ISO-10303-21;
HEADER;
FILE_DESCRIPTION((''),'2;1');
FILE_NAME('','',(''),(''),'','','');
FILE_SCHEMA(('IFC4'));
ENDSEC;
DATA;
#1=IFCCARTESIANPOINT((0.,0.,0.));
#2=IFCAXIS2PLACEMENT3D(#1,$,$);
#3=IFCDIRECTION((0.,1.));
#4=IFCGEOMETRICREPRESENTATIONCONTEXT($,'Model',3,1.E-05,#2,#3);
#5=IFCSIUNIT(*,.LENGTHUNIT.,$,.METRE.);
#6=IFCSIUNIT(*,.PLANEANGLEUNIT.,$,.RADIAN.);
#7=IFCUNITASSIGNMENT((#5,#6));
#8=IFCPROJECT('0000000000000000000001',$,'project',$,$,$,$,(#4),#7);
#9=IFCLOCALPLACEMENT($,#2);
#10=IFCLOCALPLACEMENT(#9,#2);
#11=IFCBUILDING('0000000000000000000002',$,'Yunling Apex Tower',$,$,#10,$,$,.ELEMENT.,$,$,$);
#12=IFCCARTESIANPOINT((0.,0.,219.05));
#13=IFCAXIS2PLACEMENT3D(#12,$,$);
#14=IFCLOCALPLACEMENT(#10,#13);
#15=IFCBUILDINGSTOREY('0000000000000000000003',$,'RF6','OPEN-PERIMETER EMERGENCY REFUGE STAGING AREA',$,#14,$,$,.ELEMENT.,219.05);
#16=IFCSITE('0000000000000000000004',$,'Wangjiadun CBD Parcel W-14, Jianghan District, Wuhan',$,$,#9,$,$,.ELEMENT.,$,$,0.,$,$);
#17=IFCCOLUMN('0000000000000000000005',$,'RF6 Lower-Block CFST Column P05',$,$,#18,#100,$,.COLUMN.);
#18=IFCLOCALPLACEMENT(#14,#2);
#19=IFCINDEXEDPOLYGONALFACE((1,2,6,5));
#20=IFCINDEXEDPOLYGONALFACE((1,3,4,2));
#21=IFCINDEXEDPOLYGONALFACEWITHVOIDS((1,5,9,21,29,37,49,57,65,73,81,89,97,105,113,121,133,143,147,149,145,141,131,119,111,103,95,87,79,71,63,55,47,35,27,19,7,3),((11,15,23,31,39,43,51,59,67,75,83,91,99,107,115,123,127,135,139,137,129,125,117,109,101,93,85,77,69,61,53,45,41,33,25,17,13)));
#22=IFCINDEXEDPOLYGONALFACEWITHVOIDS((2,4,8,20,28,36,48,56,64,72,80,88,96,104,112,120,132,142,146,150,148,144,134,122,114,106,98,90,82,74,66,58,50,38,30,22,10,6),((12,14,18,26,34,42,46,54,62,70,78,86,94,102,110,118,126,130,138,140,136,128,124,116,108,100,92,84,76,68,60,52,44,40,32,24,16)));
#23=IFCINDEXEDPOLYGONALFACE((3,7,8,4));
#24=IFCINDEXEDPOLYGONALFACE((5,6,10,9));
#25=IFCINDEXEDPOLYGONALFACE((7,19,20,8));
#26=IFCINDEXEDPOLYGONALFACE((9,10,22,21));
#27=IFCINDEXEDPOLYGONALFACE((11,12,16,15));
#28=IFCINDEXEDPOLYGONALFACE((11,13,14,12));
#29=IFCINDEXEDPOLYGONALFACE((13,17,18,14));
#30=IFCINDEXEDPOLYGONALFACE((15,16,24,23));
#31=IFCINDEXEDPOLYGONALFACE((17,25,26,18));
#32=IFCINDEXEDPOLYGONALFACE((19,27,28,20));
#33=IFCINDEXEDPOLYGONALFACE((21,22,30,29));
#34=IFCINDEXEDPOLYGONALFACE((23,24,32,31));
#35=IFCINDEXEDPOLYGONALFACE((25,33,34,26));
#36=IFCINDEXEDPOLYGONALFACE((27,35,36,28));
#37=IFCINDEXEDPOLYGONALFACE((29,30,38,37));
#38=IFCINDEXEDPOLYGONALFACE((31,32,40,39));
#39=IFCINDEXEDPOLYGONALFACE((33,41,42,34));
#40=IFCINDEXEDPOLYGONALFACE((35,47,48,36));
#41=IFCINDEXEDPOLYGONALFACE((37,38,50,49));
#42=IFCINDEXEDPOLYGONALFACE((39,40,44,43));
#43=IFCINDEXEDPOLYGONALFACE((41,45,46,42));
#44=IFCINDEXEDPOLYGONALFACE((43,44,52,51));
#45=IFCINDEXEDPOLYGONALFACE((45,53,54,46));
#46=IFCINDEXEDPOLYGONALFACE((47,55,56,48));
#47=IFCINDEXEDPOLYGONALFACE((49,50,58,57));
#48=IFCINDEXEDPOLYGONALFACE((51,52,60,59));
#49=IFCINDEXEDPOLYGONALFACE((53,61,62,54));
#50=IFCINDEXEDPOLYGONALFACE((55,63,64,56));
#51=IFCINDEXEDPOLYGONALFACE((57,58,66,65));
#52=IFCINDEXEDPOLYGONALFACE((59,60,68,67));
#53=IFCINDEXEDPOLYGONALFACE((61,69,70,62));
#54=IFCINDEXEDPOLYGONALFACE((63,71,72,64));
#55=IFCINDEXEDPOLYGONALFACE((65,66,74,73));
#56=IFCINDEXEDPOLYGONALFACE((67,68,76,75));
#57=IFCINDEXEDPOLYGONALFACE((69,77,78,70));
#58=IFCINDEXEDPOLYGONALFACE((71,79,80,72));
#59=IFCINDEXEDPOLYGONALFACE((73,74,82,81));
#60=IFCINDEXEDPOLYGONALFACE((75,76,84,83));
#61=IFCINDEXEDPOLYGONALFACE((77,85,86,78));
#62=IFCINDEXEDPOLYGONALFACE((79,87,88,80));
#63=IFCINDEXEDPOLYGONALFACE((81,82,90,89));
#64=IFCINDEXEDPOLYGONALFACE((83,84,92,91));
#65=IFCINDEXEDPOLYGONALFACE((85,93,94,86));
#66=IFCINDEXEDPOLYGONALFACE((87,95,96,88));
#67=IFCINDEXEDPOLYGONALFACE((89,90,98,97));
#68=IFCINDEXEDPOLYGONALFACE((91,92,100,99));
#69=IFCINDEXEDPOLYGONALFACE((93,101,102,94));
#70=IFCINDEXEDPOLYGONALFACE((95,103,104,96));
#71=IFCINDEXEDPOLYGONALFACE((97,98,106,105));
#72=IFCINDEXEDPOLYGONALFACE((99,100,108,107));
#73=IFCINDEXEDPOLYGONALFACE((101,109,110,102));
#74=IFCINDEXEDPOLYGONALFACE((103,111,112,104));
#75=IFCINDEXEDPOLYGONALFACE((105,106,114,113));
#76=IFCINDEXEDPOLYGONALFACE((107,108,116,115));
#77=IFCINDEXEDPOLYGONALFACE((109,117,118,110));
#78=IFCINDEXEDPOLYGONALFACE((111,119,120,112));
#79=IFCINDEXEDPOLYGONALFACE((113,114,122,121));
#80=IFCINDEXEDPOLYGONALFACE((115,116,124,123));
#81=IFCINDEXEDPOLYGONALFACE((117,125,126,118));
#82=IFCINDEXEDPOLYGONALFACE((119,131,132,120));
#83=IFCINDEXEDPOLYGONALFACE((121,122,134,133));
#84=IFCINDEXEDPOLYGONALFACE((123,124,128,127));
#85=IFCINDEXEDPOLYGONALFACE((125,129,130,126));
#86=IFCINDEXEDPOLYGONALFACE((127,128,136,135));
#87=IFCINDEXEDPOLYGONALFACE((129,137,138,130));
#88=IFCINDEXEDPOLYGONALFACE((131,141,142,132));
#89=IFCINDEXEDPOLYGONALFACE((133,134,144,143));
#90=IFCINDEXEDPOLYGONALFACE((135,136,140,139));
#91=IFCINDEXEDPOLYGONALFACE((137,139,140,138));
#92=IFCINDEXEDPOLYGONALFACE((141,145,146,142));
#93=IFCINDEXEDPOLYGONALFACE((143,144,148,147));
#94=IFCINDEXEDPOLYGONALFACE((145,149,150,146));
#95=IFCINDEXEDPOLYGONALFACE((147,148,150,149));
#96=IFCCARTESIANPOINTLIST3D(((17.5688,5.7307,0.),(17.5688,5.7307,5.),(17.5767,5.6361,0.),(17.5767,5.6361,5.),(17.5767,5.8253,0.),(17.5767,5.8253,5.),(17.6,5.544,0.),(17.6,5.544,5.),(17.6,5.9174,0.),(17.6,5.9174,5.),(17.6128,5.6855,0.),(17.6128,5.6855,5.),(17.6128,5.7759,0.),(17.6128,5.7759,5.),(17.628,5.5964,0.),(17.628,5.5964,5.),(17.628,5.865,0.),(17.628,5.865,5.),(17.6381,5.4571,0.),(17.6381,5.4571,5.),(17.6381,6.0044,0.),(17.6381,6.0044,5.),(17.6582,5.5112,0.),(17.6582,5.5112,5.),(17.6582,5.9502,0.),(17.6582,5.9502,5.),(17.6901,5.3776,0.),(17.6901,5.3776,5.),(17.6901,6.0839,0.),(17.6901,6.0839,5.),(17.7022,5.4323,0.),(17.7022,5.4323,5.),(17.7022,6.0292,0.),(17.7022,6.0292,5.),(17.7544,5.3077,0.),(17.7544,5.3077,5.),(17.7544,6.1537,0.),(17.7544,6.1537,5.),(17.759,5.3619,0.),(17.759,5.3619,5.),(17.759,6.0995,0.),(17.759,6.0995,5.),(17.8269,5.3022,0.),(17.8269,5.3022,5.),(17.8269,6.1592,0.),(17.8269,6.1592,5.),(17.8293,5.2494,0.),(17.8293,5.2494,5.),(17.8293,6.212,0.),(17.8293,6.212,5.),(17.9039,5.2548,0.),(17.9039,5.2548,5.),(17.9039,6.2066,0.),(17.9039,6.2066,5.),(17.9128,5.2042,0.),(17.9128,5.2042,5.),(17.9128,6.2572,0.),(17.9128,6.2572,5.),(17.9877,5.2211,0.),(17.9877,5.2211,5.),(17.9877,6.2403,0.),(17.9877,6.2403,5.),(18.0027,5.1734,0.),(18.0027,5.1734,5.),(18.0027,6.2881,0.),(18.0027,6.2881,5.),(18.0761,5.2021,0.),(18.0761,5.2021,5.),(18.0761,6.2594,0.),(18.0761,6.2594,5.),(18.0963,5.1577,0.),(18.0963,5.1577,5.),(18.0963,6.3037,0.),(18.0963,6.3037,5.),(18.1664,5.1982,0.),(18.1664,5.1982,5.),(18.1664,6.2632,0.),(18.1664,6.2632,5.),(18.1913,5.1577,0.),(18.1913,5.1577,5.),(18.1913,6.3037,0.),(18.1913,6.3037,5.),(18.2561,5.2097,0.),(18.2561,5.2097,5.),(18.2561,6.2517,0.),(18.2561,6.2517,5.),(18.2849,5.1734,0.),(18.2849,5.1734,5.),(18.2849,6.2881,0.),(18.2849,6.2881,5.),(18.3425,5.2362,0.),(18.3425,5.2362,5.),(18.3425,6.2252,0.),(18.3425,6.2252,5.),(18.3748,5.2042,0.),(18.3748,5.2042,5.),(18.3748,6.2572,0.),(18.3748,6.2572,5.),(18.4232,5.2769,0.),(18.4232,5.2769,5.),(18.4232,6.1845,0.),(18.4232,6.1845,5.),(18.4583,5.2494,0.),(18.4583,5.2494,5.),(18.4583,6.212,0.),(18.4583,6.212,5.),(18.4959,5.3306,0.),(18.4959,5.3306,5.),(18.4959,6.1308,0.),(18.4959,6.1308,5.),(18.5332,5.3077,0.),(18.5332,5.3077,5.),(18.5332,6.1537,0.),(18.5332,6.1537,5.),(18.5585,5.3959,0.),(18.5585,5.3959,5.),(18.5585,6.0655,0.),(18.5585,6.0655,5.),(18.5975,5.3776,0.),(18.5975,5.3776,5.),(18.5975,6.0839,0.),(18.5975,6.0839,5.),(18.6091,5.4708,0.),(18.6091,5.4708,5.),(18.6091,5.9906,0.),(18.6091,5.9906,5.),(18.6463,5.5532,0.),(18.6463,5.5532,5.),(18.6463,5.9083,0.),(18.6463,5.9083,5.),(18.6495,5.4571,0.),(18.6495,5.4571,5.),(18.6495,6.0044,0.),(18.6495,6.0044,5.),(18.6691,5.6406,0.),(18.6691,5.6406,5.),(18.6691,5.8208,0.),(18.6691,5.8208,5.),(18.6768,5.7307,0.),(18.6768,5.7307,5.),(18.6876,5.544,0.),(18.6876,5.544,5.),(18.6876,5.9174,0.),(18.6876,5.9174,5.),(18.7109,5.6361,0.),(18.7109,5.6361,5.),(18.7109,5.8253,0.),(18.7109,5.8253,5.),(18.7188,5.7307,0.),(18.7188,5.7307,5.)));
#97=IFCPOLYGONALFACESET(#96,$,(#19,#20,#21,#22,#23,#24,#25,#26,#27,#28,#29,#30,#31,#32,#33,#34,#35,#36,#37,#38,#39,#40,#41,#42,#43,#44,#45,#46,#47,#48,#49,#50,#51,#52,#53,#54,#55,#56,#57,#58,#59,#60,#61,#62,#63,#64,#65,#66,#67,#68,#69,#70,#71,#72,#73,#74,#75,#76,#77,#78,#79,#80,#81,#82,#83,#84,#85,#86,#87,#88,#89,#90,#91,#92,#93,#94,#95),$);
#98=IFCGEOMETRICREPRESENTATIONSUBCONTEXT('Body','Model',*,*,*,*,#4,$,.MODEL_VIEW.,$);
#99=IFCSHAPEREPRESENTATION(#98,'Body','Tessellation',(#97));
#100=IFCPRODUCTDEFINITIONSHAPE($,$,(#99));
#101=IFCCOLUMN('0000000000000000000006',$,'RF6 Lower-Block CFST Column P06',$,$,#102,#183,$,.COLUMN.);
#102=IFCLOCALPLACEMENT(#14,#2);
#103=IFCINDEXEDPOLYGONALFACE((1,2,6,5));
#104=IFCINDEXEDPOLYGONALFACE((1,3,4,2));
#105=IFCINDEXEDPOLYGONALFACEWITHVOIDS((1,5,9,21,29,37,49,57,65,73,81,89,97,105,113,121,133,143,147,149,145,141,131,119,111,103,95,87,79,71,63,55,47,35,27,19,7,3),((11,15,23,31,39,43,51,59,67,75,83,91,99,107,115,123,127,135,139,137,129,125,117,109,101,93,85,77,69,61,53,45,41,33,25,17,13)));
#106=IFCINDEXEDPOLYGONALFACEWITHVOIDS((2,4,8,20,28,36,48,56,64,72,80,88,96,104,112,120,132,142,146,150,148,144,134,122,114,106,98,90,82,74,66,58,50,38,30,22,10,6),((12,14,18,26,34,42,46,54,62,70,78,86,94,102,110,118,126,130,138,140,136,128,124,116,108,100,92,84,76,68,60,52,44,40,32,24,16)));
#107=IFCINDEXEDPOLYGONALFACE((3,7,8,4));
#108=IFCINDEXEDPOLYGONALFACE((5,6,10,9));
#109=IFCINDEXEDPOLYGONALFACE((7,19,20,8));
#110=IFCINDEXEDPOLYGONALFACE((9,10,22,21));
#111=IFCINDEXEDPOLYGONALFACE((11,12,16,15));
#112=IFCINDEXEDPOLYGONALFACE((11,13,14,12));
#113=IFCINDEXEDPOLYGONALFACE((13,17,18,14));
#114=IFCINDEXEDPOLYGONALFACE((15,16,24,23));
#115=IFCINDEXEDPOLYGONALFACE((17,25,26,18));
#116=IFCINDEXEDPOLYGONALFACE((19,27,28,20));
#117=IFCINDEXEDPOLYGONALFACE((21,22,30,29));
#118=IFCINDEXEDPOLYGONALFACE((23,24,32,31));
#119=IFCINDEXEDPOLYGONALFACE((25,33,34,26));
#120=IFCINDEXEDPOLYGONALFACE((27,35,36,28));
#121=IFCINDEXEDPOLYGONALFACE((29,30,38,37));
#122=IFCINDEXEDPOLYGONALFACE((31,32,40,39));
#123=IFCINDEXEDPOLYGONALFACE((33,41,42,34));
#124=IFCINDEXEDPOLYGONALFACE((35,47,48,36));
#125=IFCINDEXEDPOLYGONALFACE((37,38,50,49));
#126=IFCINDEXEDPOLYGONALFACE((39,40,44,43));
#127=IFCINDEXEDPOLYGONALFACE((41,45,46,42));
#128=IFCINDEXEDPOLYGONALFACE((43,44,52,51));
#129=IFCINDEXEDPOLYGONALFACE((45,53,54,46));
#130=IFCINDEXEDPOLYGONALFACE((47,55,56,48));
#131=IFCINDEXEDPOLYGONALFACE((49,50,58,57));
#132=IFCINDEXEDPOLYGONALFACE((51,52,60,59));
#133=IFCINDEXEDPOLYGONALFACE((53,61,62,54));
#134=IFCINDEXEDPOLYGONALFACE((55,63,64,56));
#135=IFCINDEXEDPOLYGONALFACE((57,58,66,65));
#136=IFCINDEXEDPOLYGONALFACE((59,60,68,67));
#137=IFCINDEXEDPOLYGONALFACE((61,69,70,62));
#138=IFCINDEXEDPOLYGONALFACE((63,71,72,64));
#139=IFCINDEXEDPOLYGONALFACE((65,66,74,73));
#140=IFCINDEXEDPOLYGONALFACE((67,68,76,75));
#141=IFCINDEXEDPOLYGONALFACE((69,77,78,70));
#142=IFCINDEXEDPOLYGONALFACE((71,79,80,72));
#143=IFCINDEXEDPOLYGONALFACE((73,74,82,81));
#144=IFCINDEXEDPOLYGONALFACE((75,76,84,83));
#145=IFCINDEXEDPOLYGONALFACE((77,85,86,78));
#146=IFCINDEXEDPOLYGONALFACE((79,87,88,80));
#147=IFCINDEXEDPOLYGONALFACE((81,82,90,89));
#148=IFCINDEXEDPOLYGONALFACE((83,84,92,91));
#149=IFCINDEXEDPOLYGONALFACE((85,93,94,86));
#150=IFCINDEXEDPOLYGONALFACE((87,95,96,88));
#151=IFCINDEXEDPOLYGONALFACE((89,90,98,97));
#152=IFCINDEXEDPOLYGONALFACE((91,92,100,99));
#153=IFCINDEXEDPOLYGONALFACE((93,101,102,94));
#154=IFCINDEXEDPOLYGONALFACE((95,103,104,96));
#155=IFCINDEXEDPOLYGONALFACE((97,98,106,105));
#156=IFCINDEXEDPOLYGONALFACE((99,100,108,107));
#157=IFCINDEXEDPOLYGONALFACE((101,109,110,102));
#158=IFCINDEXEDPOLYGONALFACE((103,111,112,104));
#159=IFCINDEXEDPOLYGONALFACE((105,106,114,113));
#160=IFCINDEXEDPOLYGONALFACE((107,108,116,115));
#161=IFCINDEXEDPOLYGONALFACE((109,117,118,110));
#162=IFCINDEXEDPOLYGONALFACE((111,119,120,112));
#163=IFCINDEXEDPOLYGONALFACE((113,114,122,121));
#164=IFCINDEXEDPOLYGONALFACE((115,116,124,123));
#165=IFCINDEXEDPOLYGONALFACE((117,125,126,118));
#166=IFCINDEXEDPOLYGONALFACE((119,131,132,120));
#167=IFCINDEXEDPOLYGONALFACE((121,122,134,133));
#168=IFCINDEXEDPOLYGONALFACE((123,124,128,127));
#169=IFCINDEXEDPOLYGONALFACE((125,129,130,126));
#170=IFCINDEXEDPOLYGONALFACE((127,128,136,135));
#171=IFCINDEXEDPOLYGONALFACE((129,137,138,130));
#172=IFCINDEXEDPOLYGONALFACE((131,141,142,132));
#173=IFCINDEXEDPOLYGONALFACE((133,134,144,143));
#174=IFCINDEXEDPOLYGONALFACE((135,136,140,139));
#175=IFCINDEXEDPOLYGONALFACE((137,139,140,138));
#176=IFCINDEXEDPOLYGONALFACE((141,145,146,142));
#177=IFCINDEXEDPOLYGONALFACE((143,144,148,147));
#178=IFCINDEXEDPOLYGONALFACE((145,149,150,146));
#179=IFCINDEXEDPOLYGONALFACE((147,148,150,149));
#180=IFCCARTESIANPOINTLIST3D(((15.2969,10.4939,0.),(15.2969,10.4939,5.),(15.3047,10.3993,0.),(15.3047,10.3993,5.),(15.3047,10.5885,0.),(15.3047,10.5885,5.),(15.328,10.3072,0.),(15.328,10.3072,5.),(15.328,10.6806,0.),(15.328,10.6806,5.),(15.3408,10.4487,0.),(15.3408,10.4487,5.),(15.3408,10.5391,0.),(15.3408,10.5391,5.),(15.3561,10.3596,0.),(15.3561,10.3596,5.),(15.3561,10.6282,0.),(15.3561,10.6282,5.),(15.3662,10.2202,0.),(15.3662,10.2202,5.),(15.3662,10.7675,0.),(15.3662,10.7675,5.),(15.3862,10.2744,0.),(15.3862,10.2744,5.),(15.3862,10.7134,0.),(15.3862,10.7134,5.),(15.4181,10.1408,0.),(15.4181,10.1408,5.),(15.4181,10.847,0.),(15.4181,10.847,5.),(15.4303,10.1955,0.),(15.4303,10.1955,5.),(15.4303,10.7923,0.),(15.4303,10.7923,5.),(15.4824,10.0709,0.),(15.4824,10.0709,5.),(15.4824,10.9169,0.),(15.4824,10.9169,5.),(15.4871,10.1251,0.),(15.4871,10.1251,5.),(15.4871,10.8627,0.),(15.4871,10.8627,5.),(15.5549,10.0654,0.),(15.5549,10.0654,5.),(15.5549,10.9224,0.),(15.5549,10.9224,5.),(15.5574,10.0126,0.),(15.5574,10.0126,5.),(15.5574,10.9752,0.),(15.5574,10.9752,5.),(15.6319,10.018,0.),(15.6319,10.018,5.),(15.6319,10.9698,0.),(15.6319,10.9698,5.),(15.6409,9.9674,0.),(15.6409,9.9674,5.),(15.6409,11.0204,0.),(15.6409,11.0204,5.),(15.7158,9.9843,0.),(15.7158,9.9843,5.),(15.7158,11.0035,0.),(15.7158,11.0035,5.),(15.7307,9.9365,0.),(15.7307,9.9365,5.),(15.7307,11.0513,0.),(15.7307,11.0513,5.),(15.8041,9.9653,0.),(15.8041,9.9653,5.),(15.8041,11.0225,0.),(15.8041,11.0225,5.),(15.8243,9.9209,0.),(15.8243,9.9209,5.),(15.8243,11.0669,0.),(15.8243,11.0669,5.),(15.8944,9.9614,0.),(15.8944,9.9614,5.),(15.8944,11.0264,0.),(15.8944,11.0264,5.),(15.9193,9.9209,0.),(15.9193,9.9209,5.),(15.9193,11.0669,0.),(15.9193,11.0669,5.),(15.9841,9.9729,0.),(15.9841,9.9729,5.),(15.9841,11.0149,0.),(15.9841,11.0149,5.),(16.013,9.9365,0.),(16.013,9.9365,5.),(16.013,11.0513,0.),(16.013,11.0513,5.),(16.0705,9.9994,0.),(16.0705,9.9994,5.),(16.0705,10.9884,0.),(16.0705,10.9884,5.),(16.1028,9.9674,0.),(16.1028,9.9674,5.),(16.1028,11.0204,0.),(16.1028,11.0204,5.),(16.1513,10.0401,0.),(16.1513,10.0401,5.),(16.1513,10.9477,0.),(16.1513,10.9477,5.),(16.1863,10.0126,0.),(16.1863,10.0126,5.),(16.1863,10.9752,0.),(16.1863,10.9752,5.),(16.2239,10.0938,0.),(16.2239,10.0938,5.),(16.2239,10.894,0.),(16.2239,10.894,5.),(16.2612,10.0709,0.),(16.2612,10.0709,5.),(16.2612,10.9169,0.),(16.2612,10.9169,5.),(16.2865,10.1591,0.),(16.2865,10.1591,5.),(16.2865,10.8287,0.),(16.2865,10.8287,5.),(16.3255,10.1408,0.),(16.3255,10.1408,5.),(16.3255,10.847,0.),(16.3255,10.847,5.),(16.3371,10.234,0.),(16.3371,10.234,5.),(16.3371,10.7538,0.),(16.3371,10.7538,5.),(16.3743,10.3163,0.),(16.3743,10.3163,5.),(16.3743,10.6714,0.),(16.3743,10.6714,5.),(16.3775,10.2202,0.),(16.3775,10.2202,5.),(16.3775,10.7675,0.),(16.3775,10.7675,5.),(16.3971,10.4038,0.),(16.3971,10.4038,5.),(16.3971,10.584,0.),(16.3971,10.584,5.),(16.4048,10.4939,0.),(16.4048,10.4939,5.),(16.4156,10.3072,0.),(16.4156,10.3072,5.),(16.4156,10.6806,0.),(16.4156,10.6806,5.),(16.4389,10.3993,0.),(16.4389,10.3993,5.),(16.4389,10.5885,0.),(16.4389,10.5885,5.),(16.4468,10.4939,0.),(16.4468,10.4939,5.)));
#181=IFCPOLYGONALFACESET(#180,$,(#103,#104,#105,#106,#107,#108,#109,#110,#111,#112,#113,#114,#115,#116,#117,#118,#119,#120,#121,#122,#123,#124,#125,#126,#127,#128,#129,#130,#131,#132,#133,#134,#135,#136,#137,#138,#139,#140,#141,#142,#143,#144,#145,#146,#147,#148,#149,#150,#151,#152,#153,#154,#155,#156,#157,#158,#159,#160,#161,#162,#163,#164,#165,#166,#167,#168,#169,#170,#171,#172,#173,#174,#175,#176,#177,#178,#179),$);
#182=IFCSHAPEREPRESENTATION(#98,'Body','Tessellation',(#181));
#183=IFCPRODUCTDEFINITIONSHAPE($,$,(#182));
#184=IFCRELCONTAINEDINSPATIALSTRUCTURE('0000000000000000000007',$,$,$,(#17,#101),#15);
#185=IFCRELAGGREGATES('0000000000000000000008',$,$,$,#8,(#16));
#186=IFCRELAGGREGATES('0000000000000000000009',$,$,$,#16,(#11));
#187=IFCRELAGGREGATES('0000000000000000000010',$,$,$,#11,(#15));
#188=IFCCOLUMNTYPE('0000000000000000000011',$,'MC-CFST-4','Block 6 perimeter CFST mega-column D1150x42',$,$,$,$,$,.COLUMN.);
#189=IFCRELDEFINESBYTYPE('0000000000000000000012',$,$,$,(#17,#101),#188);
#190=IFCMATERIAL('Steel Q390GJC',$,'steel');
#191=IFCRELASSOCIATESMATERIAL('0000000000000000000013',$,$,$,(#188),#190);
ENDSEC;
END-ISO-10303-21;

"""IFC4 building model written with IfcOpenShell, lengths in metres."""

from ifc_helpers import new_model, si_unit, direction, frame, origin, origin_2d, place, context, subcontext, project, spatial, hollow_circle, extrude, source, transform, mapped, material, material_profile, profile_set, type_object, element, save


model = new_model("IFC4")

# Units and contexts
model_context = context("Model", 3, precision=1e-05, world=origin(), true_north=direction((0.0, 1.0)))
body_context = subcontext(model_context, "Body", "Model", "MODEL_VIEW")
ifc_project = project(units=[si_unit("LENGTHUNIT", "METRE"), si_unit("PLANEANGLEUNIT", "RADIAN")], contexts=[model_context])

# Site, building, storey
site_placement = place(None, origin())
site = spatial("IfcSite", under=ifc_project, at=site_placement, Name="Wangjiadun CBD Parcel W-14, Jianghan District, Wuhan", CompositionType="ELEMENT", RefElevation=0.0)
building_placement = place(site_placement, origin())
building = spatial("IfcBuilding", under=site, at=building_placement, Name="Yunling Apex Tower", CompositionType="ELEMENT")
storey_placement = place(building_placement, frame((0.0, 0.0, 219.05)))
storey = spatial("IfcBuildingStorey", under=building, at=storey_placement, Name="RF6", Description="OPEN-PERIMETER EMERGENCY REFUGE STAGING AREA", CompositionType="ELEMENT", Elevation=219.05)

# Columns
ifc_material_1 = material(Name="Steel Q390GJC", Category="steel")
ifc_material_profile_1 = material_profile(ifc_material_1, hollow_circle(Radius=0.575, WallThickness=0.042, at=origin_2d()))
ifc_profile_set_1 = profile_set([ifc_material_profile_1], Name="Steel Q390GJC")
column_type = type_object("IfcColumnType", Name="MC-CFST-4", Description="Block 6 perimeter CFST mega-column D1150x42", PredefinedType="COLUMN", material=ifc_profile_set_1)
shared_shape_1 = source(origin(), body_context, "Body", "SweptSolid", [
    extrude(hollow_circle(Radius=0.575, WallThickness=0.042, at=origin_2d()), origin(), (0.0, 0.0, 1.0), 5.0),
])
for number, where, z_axis, x_axis, name in (
    (1, (18.1438, 5.7307, 0.0), (0.0, 0.0, 1.0), (1.0, 0.0, 0.0), "RF6 Lower-Block CFST Column P05"),
    (2, (15.8718, 10.4939, 0.0), (0.0, 0.0, 1.0), (1.0, 0.0, 0.0), "RF6 Lower-Block CFST Column P06"),
):
    element("IfcColumn", number, at=place(storey_placement, frame(where, z_axis=z_axis, x_axis=x_axis)), inside=storey, type_object=column_type, Name=name, PredefinedType="COLUMN", context=body_context, shape_type="MappedRepresentation", body=[
        mapped(shared_shape_1, transform((0.0, 0.0, 0.0), scale=1.0)),
    ])

save(model, "model.ifc")
